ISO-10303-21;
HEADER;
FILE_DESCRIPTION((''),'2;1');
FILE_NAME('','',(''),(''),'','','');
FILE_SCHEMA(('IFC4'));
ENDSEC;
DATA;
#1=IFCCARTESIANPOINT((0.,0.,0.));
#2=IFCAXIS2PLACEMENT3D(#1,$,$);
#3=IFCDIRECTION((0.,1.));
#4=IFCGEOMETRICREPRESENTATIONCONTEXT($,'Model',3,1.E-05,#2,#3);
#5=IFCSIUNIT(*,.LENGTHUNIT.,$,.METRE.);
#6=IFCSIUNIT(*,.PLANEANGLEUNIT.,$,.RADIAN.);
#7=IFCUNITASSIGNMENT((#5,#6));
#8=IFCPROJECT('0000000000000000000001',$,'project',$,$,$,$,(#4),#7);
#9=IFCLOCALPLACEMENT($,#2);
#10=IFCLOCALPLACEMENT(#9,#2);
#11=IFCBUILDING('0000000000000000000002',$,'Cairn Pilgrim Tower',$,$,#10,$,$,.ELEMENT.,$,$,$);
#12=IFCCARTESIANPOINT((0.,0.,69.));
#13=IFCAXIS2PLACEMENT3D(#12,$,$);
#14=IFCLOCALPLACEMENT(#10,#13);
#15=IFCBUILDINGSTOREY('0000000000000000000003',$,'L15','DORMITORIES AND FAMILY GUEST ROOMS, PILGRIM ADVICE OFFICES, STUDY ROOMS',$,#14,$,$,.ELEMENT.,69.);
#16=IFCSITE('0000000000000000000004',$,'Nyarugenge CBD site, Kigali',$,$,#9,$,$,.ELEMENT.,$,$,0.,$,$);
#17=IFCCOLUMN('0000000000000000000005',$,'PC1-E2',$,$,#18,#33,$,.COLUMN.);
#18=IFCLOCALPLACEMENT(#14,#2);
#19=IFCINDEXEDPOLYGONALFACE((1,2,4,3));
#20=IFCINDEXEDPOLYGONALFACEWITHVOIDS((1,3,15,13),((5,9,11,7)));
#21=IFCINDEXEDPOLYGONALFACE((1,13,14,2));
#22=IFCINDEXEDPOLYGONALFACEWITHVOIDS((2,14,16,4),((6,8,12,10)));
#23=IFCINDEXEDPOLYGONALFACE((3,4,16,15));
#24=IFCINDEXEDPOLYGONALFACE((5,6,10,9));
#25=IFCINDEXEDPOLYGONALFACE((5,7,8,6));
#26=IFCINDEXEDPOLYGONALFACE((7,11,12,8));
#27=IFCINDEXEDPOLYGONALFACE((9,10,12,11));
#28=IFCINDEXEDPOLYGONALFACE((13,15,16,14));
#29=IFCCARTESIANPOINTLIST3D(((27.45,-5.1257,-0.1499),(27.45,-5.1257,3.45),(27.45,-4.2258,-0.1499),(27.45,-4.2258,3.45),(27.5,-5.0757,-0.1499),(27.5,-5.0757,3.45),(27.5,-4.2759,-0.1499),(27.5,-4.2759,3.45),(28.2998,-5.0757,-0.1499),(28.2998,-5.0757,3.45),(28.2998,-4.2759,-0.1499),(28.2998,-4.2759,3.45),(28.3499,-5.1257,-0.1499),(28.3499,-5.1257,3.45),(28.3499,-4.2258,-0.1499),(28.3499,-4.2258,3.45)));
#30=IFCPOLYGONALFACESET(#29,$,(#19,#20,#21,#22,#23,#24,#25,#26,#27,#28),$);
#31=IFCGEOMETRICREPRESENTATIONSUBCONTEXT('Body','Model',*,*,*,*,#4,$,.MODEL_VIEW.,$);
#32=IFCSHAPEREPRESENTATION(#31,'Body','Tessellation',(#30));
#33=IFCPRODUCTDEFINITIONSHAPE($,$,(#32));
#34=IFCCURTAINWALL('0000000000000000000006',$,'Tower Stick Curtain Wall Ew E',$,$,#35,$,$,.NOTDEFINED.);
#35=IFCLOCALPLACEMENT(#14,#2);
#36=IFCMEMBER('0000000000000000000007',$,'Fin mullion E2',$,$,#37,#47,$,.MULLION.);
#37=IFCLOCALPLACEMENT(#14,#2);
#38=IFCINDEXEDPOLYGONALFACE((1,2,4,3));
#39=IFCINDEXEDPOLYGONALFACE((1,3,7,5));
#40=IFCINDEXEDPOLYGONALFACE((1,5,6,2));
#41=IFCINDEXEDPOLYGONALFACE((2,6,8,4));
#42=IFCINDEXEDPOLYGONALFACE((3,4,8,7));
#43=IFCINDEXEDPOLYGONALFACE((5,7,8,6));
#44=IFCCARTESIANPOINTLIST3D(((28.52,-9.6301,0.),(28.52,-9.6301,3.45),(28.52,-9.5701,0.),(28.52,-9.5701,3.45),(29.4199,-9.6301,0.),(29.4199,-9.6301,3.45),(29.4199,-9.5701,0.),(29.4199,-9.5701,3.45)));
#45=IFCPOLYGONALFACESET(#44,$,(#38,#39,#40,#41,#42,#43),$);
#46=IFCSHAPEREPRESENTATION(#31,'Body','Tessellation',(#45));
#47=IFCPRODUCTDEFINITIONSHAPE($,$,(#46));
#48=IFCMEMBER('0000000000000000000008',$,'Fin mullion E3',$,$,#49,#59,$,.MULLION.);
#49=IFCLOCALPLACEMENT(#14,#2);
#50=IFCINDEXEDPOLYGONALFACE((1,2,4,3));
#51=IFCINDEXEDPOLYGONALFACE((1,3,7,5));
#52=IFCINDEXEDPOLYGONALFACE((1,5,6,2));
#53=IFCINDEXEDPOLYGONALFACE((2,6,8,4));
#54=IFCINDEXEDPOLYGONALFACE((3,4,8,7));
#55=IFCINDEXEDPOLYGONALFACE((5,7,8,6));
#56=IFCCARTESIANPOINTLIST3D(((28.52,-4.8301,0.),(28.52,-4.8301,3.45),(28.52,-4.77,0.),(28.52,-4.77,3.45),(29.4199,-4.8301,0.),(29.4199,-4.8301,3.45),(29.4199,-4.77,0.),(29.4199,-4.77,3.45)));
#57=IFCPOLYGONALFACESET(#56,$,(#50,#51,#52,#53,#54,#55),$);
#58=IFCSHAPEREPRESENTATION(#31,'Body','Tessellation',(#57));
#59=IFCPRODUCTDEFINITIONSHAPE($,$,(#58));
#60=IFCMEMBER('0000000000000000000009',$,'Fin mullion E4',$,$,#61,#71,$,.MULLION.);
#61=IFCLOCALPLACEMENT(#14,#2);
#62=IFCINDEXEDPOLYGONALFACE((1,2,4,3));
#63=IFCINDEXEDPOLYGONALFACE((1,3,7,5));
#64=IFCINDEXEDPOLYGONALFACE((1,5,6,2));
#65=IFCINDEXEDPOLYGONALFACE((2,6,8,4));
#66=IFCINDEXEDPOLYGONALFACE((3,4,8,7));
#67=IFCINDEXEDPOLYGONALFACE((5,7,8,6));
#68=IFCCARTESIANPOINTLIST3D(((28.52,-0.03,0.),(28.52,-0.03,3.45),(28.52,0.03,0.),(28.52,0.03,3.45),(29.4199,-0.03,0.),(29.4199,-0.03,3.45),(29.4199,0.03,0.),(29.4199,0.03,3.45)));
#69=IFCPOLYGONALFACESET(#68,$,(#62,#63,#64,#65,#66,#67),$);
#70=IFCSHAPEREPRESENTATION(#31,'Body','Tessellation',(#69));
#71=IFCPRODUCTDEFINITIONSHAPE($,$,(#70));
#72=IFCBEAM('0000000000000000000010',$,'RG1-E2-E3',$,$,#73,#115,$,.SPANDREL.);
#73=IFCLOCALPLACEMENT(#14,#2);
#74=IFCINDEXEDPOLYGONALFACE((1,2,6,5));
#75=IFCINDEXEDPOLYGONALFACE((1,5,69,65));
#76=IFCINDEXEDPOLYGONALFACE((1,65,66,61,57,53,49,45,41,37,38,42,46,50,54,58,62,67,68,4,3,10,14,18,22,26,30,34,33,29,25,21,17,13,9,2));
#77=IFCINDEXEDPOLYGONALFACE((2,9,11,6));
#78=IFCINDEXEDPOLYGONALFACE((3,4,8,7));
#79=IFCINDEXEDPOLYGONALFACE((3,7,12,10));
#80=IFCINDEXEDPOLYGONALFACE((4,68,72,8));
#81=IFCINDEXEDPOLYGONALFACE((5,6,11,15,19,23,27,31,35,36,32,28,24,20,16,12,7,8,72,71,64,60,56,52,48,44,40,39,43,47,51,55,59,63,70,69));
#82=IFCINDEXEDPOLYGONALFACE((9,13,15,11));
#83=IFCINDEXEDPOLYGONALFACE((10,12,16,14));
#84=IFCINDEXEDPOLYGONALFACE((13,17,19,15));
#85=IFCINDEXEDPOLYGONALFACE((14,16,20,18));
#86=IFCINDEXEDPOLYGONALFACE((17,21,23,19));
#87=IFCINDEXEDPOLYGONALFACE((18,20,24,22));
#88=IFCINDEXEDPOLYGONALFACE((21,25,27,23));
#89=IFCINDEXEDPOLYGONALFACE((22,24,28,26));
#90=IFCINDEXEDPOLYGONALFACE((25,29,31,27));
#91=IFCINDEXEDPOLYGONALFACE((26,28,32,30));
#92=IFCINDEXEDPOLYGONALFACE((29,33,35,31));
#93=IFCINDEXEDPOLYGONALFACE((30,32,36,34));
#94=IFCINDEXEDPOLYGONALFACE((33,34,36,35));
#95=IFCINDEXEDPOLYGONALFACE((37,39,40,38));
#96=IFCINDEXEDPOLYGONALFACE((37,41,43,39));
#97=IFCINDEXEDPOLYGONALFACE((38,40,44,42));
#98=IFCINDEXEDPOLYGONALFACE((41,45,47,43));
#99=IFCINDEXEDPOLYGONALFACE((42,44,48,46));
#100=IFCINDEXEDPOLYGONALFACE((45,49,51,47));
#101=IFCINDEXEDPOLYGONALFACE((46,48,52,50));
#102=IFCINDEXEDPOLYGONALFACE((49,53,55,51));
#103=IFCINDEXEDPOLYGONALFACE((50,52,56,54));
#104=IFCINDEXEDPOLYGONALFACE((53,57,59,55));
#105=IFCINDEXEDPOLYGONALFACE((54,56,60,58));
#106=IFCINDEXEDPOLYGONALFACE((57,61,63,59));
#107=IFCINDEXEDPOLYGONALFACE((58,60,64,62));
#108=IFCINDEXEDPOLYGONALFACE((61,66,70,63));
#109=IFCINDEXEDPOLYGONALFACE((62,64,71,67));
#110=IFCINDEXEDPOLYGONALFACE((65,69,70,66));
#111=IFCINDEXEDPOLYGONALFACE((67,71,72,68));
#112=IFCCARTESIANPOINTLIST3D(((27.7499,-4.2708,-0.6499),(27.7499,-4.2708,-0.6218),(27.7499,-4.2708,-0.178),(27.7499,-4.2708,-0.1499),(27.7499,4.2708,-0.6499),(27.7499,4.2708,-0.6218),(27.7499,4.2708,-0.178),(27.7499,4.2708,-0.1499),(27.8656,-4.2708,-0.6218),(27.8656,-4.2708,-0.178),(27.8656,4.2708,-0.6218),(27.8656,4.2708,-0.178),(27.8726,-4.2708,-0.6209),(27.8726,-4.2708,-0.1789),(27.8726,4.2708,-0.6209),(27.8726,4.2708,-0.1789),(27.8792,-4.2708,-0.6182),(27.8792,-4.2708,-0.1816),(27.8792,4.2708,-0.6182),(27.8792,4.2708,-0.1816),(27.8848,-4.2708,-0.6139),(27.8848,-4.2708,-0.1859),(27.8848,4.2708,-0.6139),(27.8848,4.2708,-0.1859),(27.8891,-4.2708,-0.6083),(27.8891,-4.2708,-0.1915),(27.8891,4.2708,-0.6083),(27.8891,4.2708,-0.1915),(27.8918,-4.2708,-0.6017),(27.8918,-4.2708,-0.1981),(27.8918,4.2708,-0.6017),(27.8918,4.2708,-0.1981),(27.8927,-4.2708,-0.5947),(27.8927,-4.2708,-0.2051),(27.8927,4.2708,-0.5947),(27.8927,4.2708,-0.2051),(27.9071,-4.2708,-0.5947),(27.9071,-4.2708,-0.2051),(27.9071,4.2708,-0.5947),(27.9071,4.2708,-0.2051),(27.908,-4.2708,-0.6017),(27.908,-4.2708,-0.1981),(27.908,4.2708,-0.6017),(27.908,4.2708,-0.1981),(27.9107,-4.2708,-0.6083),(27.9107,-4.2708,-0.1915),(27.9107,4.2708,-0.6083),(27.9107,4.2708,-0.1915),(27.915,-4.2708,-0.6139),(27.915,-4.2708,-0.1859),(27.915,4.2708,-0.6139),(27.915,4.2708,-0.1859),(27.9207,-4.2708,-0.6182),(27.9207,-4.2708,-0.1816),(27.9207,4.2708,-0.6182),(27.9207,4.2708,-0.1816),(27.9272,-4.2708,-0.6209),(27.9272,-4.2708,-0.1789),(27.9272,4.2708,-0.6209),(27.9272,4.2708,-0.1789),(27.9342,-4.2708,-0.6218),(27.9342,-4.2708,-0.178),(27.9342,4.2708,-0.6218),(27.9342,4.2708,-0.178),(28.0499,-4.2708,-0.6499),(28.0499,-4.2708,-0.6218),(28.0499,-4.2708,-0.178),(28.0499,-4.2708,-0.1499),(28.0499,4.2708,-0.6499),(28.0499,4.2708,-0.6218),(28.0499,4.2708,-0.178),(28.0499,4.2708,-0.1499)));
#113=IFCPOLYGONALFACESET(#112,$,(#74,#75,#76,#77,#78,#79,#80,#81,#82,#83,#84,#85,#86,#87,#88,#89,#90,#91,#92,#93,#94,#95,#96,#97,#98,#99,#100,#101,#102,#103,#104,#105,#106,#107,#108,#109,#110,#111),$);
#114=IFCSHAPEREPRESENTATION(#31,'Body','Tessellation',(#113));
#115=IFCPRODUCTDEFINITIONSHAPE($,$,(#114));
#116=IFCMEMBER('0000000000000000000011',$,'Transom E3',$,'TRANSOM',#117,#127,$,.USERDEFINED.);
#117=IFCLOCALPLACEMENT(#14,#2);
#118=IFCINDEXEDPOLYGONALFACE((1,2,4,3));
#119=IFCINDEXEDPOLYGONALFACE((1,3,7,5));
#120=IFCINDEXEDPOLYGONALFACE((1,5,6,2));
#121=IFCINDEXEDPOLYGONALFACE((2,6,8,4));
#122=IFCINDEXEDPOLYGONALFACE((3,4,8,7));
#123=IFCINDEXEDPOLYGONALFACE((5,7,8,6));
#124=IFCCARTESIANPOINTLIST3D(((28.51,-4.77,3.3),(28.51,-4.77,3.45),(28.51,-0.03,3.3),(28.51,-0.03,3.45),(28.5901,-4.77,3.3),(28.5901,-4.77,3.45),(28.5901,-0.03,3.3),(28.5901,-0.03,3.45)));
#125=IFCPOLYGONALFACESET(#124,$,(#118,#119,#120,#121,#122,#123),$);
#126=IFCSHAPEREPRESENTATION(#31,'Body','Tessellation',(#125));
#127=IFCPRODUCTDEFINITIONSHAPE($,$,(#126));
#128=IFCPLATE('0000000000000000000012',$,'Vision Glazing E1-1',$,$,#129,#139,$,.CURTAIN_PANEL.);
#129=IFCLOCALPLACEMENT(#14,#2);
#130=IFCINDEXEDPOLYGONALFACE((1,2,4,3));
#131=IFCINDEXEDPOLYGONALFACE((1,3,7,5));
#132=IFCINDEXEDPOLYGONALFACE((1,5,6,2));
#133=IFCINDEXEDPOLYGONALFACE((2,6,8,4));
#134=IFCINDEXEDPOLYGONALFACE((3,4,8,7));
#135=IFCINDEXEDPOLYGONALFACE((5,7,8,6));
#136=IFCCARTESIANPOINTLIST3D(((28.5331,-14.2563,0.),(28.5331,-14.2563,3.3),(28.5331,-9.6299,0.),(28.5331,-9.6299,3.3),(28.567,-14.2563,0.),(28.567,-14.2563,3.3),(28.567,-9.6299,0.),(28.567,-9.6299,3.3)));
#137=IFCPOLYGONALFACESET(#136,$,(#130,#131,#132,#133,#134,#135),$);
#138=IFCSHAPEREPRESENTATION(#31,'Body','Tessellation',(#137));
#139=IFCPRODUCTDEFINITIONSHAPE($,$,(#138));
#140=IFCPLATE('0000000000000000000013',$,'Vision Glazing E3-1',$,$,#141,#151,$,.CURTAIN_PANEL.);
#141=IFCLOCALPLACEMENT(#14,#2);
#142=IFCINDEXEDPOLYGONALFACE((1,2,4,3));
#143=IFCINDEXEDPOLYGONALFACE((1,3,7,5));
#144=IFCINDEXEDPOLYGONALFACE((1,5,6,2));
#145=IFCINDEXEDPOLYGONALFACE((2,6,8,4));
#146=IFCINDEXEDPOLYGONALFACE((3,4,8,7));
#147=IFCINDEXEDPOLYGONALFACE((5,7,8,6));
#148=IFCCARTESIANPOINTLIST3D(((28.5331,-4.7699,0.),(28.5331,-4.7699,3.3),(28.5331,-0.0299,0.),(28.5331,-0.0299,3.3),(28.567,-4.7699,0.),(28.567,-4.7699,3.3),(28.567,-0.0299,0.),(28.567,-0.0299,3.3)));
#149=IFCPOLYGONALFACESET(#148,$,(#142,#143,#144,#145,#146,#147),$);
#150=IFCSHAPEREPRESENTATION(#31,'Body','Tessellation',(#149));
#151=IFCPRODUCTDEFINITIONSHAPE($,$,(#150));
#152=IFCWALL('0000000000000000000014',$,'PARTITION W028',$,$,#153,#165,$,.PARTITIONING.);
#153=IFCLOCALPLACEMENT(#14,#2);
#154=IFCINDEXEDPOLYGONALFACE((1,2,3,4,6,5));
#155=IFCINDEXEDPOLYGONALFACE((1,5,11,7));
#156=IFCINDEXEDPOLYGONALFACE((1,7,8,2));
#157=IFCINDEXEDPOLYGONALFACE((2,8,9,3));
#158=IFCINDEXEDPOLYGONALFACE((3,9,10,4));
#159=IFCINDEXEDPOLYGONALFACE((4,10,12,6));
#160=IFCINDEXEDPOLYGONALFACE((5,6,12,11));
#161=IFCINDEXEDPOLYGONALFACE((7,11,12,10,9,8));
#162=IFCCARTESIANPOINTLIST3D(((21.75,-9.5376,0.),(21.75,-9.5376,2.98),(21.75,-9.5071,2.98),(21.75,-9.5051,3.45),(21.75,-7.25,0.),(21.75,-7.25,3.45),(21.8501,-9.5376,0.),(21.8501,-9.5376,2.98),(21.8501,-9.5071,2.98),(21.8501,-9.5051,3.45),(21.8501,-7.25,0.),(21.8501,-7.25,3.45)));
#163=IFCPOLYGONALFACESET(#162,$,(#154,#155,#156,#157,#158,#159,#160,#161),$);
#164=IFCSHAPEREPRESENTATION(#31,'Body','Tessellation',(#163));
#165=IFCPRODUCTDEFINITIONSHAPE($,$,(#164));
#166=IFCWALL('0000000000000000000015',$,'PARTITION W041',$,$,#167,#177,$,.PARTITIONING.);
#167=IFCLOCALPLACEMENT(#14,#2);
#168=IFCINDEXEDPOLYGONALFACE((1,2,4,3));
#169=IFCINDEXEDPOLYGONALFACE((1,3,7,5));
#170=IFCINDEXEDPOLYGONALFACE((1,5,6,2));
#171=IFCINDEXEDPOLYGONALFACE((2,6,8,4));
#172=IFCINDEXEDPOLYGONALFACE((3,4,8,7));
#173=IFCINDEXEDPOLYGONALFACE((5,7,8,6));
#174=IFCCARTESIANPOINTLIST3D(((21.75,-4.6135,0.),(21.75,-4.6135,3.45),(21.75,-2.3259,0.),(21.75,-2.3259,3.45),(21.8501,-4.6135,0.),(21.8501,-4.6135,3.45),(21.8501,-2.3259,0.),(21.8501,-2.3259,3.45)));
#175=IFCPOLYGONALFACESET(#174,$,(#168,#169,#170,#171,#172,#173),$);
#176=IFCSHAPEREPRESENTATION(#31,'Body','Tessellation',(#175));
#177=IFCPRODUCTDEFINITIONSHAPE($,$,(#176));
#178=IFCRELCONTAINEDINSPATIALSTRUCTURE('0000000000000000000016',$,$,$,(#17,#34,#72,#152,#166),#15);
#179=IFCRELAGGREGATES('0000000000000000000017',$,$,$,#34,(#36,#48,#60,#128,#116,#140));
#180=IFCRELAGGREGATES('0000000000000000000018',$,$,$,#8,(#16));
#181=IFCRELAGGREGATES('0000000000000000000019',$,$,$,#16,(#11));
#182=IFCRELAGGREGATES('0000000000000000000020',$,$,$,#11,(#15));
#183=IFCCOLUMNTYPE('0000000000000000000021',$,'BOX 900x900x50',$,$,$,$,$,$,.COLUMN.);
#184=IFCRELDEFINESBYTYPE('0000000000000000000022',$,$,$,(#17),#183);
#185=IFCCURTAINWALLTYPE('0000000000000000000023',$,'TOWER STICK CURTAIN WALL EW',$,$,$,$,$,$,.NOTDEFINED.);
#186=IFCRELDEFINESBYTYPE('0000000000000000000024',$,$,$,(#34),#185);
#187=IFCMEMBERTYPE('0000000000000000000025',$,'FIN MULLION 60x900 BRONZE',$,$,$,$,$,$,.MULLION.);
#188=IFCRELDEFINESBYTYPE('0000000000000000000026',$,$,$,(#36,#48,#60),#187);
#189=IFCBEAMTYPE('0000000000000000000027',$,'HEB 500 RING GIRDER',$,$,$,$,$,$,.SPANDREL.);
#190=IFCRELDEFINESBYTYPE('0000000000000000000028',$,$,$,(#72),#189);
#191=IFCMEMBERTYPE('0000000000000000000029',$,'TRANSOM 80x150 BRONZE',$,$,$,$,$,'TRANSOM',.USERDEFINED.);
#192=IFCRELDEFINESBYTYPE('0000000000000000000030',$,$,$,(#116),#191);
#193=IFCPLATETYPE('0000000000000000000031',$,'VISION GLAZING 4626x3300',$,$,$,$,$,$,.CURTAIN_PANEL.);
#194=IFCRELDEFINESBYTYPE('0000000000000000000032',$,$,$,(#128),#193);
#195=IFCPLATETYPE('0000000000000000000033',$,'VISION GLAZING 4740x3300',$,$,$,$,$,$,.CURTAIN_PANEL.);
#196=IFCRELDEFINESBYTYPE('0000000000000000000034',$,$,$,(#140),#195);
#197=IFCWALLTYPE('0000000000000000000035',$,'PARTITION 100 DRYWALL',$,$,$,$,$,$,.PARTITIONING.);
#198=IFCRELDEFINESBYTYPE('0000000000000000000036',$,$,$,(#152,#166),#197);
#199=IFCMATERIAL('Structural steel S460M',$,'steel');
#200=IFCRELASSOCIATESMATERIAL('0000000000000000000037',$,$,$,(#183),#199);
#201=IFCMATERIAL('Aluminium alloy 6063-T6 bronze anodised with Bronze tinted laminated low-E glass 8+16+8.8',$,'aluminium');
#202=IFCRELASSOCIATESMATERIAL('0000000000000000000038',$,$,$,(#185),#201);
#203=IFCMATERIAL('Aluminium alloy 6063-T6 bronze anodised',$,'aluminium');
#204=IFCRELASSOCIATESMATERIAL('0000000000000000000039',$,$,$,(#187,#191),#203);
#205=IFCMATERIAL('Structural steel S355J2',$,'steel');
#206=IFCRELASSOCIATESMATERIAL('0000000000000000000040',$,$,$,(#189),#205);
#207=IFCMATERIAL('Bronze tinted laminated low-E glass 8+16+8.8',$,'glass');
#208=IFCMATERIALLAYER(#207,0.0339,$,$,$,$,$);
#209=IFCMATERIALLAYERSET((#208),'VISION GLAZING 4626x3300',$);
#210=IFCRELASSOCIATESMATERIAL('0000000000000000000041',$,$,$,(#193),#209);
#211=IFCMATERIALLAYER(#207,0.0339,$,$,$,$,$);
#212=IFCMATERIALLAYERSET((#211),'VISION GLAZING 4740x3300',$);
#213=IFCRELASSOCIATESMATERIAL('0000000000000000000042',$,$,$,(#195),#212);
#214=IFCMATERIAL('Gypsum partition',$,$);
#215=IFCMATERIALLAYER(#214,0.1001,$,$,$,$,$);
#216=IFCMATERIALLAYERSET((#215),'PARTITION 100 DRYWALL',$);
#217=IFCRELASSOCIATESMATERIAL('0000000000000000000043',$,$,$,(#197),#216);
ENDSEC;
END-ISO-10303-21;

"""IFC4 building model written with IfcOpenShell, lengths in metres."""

from ifc_helpers import new_model, si_unit, direction, frame, frame_2d, origin, origin_2d, place, context, subcontext, project, spatial, polyline, rectangle, hollow_rectangle, i_section, outline, extrude, material, layer, layer_set, material_profile, profile_set, type_object, element, aggregate, save


model = new_model("IFC4")

# Units and contexts
model_context = context("Model", 3, precision=1e-05, world=origin(), true_north=direction((0.0, 1.0)))
body_context = subcontext(model_context, "Body", "Model", "MODEL_VIEW")
ifc_project = project(units=[si_unit("LENGTHUNIT", "METRE"), si_unit("PLANEANGLEUNIT", "RADIAN")], contexts=[model_context])

# Site, building, storey
site_placement = place(None, origin())
site = spatial("IfcSite", under=ifc_project, at=site_placement, Name="Nyarugenge CBD site, Kigali", CompositionType="ELEMENT", RefElevation=0.0)
building_placement = place(site_placement, origin())
building = spatial("IfcBuilding", under=site, at=building_placement, Name="Cairn Pilgrim Tower", CompositionType="ELEMENT")
storey_placement = place(building_placement, frame((0.0, 0.0, 69.0)))
storey = spatial("IfcBuildingStorey", under=building, at=storey_placement, Name="L15", Description="DORMITORIES AND FAMILY GUEST ROOMS, PILGRIM ADVICE OFFICES, STUDY ROOMS", CompositionType="ELEMENT", Elevation=69.0)

# Column
ifc_material_1 = material(Name="Structural steel S460M", Category="steel")
ifc_material_profile_1 = material_profile(ifc_material_1, hollow_rectangle(XDim=0.8999, YDim=0.8999, WallThickness=0.05, at=origin_2d()), Name="BOX 900x900x50")
ifc_profile_set_1 = profile_set([ifc_material_profile_1], Name="Structural steel S460M")
column_type = type_object("IfcColumnType", Name="BOX 900x900x50", PredefinedType="COLUMN", material=ifc_profile_set_1)
column_placement = place(storey_placement, frame((27.8999, -4.6758, -0.1499), z_axis=(0.0, 0.0, 1.0), x_axis=(1.0, 0.0, 0.0)))
element("IfcColumn", 1, at=column_placement, inside=storey, type_object=column_type, Name="PC1-E2", PredefinedType="COLUMN", context=body_context, shape_type="SweptSolid", body=[
    extrude(hollow_rectangle(XDim=0.8999, YDim=0.8999, WallThickness=0.05, at=origin_2d()), origin(), (0.0, 0.0, 1.0), 3.5999),
])

# Curtain wall, members
ifc_material_2 = material(Name="Aluminium alloy 6063-T6 bronze anodised with Bronze tinted laminated low-E glass 8+16+8.8", Category="aluminium")
curtain_wall_type = type_object("IfcCurtainWallType", Name="TOWER STICK CURTAIN WALL EW", PredefinedType="NOTDEFINED", material=ifc_material_2)
curtain_wall_placement = place(storey_placement, origin())
curtain_wall = element("IfcCurtainWall", 2, at=curtain_wall_placement, inside=storey, type_object=curtain_wall_type, Name="Tower Stick Curtain Wall Ew E", PredefinedType="NOTDEFINED")
ifc_material_3 = material(Name="Aluminium alloy 6063-T6 bronze anodised", Category="aluminium")
ifc_material_profile_2 = material_profile(ifc_material_3, rectangle(XDim=0.8999, YDim=0.0601, at=origin_2d()), Name="FIN MULLION 60x900 BRONZE")
ifc_profile_set_2 = profile_set([ifc_material_profile_2], Name="Aluminium alloy 6063-T6 bronze anodised")
member_type_1 = type_object("IfcMemberType", Name="FIN MULLION 60x900 BRONZE", PredefinedType="MULLION", material=ifc_profile_set_2)
member_1_placement = place(storey_placement, frame((28.97, -9.6001, 0.0), z_axis=(0.0, 0.0, 1.0), x_axis=(1.0, 0.0, 0.0)))
member_1 = element("IfcMember", 3, at=member_1_placement, type_object=member_type_1, Name="Fin mullion E2", PredefinedType="MULLION", context=body_context, shape_type="SweptSolid", body=[
    extrude(rectangle(XDim=0.8999, YDim=0.0601, at=origin_2d()), origin(), (0.0, 0.0, 1.0), 3.45),
])
member_2_placement = place(storey_placement, frame((28.97, -4.8, 0.0), z_axis=(0.0, 0.0, 1.0), x_axis=(1.0, 0.0, 0.0)))
member_2 = element("IfcMember", 4, at=member_2_placement, type_object=member_type_1, Name="Fin mullion E3", PredefinedType="MULLION", context=body_context, shape_type="SweptSolid", body=[
    extrude(rectangle(XDim=0.8999, YDim=0.0601, at=origin_2d()), origin(), (0.0, 0.0, 1.0), 3.45),
])
member_3_placement = place(storey_placement, frame((28.97, 0.0, 0.0), z_axis=(0.0, 0.0, 1.0), x_axis=(1.0, 0.0, 0.0)))
member_3 = element("IfcMember", 5, at=member_3_placement, type_object=member_type_1, Name="Fin mullion E4", PredefinedType="MULLION", context=body_context, shape_type="SweptSolid", body=[
    extrude(rectangle(XDim=0.8999, YDim=0.0601, at=origin_2d()), origin(), (0.0, 0.0, 1.0), 3.45),
])

# Beam
ifc_material_4 = material(Name="Structural steel S355J2", Category="steel")
ifc_material_profile_3 = material_profile(ifc_material_4, i_section(OverallWidth=0.3, OverallDepth=0.5, WebThickness=0.0144, FlangeThickness=0.0281, FilletRadius=0.0271, at=origin_2d()), Name="HEB 500")
ifc_profile_set_3 = profile_set([ifc_material_profile_3], Name="Structural steel S355J2")
beam_type = type_object("IfcBeamType", Name="HEB 500 RING GIRDER", PredefinedType="SPANDREL", material=ifc_profile_set_3)
beam_placement = place(storey_placement, frame((27.8999, -4.2708, -0.3999), z_axis=(0.0, 1.0, 0.0), x_axis=(-1.0, 0.0, 0.0)))
element("IfcBeam", 6, at=beam_placement, inside=storey, type_object=beam_type, Name="RG1-E2-E3", PredefinedType="SPANDREL", context=body_context, shape_type="SweptSolid", body=[
    extrude(i_section(OverallWidth=0.3, OverallDepth=0.5, WebThickness=0.0144, FlangeThickness=0.0281, FilletRadius=0.0271, at=origin_2d()), origin(), (0.0, 0.0, 1.0), 8.5415),
])

# Member
ifc_material_profile_4 = material_profile(ifc_material_3, rectangle(XDim=0.0801, YDim=0.1499, at=origin_2d()), Name="TRANSOM 80x150 BRONZE")
ifc_profile_set_4 = profile_set([ifc_material_profile_4], Name="Aluminium alloy 6063-T6 bronze anodised")
member_type_2 = type_object("IfcMemberType", Name="TRANSOM 80x150 BRONZE", ElementType="TRANSOM", PredefinedType="USERDEFINED", material=ifc_profile_set_4)
member_4_placement = place(storey_placement, frame((28.55, -4.77, 3.375), z_axis=(0.0, 1.0, 0.0), x_axis=(-1.0, 0.0, 0.0)))
member_4 = element("IfcMember", 7, at=member_4_placement, type_object=member_type_2, Name="Transom E3", ObjectType="TRANSOM", PredefinedType="USERDEFINED", context=body_context, shape_type="SweptSolid", body=[
    extrude(rectangle(XDim=0.0801, YDim=0.1499, at=origin_2d()), origin(), (0.0, 0.0, 1.0), 4.74),
])

# Plates
ifc_material_5 = material(Name="Bronze tinted laminated low-E glass 8+16+8.8", Category="glass")
ifc_layer_1 = layer(ifc_material_5, 0.0339)
ifc_layer_set_1 = layer_set([ifc_layer_1], Name="VISION GLAZING 4626x3300")
plate_type_1 = type_object("IfcPlateType", Name="VISION GLAZING 4626x3300", PredefinedType="CURTAIN_PANEL", material=ifc_layer_set_1)
plate_1_placement = place(storey_placement, frame((28.55, -11.9431, 0.0), z_axis=(0.0, 0.0, 1.0), x_axis=(0.0, 1.0, 0.0)))
plate_1 = element("IfcPlate", 8, at=plate_1_placement, type_object=plate_type_1, Name="Vision Glazing E1-1", PredefinedType="CURTAIN_PANEL", context=body_context, shape_type="SweptSolid", body=[
    extrude(rectangle(XDim=4.6265, YDim=0.0339, at=origin_2d()), origin(), (0.0, 0.0, 1.0), 3.3),
])
ifc_layer_2 = layer(ifc_material_5, 0.0339)
ifc_layer_set_2 = layer_set([ifc_layer_2], Name="VISION GLAZING 4740x3300")
plate_type_2 = type_object("IfcPlateType", Name="VISION GLAZING 4740x3300", PredefinedType="CURTAIN_PANEL", material=ifc_layer_set_2)
plate_2_placement = place(storey_placement, frame((28.55, -2.3999, 0.0), z_axis=(0.0, 0.0, 1.0), x_axis=(0.0, 1.0, 0.0)))
plate_2 = element("IfcPlate", 9, at=plate_2_placement, type_object=plate_type_2, Name="Vision Glazing E3-1", PredefinedType="CURTAIN_PANEL", context=body_context, shape_type="SweptSolid", body=[
    extrude(rectangle(XDim=4.74, YDim=0.0339, at=origin_2d()), origin(), (0.0, 0.0, 1.0), 3.3),
])
aggregate(curtain_wall, [member_1, member_2, member_3, plate_1, member_4, plate_2])

# Walls
ifc_material_6 = material(Name="Gypsum partition")
ifc_layer_3 = layer(ifc_material_6, 0.1001)
ifc_layer_set_3 = layer_set([ifc_layer_3], Name="PARTITION 100 DRYWALL")
wall_type_1 = type_object("IfcWallType", Name="PARTITION 100 DRYWALL", PredefinedType="PARTITIONING", material=ifc_layer_set_3)
wall_1_placement = place(storey_placement, frame((21.8, -9.5376, 0.0), z_axis=(0.0, 0.0, 1.0), x_axis=(0.0, 1.0, 0.0)))
element("IfcWall", 10, at=wall_1_placement, inside=storey, type_object=wall_type_1, Name="PARTITION W028", PredefinedType="PARTITIONING", context=body_context, shape_type="SweptSolid", body=[
    extrude(outline(polyline([(0.0, 0.0), (2.2876, 0.0), (2.2876, 3.45), (0.0325, 3.45), (0.0305, 2.98), (0.0, 2.98), (0.0, 0.0)])), frame((0.0, 0.05, 0.0), z_axis=(0.0, -1.0, 0.0), x_axis=(1.0, 0.0, 0.0)), (0.0, 0.0, 1.0), 0.1001),
])
wall_2_placement = place(storey_placement, frame((21.8, -4.6135, 0.0), z_axis=(0.0, 0.0, 1.0), x_axis=(0.0, 1.0, 0.0)))
element("IfcWall", 11, at=wall_2_placement, inside=storey, type_object=wall_type_1, Name="PARTITION W041", PredefinedType="PARTITIONING", context=body_context, shape_type="SweptSolid", body=[
    extrude(rectangle(XDim=2.2876, YDim=0.1001, at=frame_2d((1.1438, 0.0))), origin(), (0.0, 0.0, 1.0), 3.45),
])

save(model, "model.ifc")
